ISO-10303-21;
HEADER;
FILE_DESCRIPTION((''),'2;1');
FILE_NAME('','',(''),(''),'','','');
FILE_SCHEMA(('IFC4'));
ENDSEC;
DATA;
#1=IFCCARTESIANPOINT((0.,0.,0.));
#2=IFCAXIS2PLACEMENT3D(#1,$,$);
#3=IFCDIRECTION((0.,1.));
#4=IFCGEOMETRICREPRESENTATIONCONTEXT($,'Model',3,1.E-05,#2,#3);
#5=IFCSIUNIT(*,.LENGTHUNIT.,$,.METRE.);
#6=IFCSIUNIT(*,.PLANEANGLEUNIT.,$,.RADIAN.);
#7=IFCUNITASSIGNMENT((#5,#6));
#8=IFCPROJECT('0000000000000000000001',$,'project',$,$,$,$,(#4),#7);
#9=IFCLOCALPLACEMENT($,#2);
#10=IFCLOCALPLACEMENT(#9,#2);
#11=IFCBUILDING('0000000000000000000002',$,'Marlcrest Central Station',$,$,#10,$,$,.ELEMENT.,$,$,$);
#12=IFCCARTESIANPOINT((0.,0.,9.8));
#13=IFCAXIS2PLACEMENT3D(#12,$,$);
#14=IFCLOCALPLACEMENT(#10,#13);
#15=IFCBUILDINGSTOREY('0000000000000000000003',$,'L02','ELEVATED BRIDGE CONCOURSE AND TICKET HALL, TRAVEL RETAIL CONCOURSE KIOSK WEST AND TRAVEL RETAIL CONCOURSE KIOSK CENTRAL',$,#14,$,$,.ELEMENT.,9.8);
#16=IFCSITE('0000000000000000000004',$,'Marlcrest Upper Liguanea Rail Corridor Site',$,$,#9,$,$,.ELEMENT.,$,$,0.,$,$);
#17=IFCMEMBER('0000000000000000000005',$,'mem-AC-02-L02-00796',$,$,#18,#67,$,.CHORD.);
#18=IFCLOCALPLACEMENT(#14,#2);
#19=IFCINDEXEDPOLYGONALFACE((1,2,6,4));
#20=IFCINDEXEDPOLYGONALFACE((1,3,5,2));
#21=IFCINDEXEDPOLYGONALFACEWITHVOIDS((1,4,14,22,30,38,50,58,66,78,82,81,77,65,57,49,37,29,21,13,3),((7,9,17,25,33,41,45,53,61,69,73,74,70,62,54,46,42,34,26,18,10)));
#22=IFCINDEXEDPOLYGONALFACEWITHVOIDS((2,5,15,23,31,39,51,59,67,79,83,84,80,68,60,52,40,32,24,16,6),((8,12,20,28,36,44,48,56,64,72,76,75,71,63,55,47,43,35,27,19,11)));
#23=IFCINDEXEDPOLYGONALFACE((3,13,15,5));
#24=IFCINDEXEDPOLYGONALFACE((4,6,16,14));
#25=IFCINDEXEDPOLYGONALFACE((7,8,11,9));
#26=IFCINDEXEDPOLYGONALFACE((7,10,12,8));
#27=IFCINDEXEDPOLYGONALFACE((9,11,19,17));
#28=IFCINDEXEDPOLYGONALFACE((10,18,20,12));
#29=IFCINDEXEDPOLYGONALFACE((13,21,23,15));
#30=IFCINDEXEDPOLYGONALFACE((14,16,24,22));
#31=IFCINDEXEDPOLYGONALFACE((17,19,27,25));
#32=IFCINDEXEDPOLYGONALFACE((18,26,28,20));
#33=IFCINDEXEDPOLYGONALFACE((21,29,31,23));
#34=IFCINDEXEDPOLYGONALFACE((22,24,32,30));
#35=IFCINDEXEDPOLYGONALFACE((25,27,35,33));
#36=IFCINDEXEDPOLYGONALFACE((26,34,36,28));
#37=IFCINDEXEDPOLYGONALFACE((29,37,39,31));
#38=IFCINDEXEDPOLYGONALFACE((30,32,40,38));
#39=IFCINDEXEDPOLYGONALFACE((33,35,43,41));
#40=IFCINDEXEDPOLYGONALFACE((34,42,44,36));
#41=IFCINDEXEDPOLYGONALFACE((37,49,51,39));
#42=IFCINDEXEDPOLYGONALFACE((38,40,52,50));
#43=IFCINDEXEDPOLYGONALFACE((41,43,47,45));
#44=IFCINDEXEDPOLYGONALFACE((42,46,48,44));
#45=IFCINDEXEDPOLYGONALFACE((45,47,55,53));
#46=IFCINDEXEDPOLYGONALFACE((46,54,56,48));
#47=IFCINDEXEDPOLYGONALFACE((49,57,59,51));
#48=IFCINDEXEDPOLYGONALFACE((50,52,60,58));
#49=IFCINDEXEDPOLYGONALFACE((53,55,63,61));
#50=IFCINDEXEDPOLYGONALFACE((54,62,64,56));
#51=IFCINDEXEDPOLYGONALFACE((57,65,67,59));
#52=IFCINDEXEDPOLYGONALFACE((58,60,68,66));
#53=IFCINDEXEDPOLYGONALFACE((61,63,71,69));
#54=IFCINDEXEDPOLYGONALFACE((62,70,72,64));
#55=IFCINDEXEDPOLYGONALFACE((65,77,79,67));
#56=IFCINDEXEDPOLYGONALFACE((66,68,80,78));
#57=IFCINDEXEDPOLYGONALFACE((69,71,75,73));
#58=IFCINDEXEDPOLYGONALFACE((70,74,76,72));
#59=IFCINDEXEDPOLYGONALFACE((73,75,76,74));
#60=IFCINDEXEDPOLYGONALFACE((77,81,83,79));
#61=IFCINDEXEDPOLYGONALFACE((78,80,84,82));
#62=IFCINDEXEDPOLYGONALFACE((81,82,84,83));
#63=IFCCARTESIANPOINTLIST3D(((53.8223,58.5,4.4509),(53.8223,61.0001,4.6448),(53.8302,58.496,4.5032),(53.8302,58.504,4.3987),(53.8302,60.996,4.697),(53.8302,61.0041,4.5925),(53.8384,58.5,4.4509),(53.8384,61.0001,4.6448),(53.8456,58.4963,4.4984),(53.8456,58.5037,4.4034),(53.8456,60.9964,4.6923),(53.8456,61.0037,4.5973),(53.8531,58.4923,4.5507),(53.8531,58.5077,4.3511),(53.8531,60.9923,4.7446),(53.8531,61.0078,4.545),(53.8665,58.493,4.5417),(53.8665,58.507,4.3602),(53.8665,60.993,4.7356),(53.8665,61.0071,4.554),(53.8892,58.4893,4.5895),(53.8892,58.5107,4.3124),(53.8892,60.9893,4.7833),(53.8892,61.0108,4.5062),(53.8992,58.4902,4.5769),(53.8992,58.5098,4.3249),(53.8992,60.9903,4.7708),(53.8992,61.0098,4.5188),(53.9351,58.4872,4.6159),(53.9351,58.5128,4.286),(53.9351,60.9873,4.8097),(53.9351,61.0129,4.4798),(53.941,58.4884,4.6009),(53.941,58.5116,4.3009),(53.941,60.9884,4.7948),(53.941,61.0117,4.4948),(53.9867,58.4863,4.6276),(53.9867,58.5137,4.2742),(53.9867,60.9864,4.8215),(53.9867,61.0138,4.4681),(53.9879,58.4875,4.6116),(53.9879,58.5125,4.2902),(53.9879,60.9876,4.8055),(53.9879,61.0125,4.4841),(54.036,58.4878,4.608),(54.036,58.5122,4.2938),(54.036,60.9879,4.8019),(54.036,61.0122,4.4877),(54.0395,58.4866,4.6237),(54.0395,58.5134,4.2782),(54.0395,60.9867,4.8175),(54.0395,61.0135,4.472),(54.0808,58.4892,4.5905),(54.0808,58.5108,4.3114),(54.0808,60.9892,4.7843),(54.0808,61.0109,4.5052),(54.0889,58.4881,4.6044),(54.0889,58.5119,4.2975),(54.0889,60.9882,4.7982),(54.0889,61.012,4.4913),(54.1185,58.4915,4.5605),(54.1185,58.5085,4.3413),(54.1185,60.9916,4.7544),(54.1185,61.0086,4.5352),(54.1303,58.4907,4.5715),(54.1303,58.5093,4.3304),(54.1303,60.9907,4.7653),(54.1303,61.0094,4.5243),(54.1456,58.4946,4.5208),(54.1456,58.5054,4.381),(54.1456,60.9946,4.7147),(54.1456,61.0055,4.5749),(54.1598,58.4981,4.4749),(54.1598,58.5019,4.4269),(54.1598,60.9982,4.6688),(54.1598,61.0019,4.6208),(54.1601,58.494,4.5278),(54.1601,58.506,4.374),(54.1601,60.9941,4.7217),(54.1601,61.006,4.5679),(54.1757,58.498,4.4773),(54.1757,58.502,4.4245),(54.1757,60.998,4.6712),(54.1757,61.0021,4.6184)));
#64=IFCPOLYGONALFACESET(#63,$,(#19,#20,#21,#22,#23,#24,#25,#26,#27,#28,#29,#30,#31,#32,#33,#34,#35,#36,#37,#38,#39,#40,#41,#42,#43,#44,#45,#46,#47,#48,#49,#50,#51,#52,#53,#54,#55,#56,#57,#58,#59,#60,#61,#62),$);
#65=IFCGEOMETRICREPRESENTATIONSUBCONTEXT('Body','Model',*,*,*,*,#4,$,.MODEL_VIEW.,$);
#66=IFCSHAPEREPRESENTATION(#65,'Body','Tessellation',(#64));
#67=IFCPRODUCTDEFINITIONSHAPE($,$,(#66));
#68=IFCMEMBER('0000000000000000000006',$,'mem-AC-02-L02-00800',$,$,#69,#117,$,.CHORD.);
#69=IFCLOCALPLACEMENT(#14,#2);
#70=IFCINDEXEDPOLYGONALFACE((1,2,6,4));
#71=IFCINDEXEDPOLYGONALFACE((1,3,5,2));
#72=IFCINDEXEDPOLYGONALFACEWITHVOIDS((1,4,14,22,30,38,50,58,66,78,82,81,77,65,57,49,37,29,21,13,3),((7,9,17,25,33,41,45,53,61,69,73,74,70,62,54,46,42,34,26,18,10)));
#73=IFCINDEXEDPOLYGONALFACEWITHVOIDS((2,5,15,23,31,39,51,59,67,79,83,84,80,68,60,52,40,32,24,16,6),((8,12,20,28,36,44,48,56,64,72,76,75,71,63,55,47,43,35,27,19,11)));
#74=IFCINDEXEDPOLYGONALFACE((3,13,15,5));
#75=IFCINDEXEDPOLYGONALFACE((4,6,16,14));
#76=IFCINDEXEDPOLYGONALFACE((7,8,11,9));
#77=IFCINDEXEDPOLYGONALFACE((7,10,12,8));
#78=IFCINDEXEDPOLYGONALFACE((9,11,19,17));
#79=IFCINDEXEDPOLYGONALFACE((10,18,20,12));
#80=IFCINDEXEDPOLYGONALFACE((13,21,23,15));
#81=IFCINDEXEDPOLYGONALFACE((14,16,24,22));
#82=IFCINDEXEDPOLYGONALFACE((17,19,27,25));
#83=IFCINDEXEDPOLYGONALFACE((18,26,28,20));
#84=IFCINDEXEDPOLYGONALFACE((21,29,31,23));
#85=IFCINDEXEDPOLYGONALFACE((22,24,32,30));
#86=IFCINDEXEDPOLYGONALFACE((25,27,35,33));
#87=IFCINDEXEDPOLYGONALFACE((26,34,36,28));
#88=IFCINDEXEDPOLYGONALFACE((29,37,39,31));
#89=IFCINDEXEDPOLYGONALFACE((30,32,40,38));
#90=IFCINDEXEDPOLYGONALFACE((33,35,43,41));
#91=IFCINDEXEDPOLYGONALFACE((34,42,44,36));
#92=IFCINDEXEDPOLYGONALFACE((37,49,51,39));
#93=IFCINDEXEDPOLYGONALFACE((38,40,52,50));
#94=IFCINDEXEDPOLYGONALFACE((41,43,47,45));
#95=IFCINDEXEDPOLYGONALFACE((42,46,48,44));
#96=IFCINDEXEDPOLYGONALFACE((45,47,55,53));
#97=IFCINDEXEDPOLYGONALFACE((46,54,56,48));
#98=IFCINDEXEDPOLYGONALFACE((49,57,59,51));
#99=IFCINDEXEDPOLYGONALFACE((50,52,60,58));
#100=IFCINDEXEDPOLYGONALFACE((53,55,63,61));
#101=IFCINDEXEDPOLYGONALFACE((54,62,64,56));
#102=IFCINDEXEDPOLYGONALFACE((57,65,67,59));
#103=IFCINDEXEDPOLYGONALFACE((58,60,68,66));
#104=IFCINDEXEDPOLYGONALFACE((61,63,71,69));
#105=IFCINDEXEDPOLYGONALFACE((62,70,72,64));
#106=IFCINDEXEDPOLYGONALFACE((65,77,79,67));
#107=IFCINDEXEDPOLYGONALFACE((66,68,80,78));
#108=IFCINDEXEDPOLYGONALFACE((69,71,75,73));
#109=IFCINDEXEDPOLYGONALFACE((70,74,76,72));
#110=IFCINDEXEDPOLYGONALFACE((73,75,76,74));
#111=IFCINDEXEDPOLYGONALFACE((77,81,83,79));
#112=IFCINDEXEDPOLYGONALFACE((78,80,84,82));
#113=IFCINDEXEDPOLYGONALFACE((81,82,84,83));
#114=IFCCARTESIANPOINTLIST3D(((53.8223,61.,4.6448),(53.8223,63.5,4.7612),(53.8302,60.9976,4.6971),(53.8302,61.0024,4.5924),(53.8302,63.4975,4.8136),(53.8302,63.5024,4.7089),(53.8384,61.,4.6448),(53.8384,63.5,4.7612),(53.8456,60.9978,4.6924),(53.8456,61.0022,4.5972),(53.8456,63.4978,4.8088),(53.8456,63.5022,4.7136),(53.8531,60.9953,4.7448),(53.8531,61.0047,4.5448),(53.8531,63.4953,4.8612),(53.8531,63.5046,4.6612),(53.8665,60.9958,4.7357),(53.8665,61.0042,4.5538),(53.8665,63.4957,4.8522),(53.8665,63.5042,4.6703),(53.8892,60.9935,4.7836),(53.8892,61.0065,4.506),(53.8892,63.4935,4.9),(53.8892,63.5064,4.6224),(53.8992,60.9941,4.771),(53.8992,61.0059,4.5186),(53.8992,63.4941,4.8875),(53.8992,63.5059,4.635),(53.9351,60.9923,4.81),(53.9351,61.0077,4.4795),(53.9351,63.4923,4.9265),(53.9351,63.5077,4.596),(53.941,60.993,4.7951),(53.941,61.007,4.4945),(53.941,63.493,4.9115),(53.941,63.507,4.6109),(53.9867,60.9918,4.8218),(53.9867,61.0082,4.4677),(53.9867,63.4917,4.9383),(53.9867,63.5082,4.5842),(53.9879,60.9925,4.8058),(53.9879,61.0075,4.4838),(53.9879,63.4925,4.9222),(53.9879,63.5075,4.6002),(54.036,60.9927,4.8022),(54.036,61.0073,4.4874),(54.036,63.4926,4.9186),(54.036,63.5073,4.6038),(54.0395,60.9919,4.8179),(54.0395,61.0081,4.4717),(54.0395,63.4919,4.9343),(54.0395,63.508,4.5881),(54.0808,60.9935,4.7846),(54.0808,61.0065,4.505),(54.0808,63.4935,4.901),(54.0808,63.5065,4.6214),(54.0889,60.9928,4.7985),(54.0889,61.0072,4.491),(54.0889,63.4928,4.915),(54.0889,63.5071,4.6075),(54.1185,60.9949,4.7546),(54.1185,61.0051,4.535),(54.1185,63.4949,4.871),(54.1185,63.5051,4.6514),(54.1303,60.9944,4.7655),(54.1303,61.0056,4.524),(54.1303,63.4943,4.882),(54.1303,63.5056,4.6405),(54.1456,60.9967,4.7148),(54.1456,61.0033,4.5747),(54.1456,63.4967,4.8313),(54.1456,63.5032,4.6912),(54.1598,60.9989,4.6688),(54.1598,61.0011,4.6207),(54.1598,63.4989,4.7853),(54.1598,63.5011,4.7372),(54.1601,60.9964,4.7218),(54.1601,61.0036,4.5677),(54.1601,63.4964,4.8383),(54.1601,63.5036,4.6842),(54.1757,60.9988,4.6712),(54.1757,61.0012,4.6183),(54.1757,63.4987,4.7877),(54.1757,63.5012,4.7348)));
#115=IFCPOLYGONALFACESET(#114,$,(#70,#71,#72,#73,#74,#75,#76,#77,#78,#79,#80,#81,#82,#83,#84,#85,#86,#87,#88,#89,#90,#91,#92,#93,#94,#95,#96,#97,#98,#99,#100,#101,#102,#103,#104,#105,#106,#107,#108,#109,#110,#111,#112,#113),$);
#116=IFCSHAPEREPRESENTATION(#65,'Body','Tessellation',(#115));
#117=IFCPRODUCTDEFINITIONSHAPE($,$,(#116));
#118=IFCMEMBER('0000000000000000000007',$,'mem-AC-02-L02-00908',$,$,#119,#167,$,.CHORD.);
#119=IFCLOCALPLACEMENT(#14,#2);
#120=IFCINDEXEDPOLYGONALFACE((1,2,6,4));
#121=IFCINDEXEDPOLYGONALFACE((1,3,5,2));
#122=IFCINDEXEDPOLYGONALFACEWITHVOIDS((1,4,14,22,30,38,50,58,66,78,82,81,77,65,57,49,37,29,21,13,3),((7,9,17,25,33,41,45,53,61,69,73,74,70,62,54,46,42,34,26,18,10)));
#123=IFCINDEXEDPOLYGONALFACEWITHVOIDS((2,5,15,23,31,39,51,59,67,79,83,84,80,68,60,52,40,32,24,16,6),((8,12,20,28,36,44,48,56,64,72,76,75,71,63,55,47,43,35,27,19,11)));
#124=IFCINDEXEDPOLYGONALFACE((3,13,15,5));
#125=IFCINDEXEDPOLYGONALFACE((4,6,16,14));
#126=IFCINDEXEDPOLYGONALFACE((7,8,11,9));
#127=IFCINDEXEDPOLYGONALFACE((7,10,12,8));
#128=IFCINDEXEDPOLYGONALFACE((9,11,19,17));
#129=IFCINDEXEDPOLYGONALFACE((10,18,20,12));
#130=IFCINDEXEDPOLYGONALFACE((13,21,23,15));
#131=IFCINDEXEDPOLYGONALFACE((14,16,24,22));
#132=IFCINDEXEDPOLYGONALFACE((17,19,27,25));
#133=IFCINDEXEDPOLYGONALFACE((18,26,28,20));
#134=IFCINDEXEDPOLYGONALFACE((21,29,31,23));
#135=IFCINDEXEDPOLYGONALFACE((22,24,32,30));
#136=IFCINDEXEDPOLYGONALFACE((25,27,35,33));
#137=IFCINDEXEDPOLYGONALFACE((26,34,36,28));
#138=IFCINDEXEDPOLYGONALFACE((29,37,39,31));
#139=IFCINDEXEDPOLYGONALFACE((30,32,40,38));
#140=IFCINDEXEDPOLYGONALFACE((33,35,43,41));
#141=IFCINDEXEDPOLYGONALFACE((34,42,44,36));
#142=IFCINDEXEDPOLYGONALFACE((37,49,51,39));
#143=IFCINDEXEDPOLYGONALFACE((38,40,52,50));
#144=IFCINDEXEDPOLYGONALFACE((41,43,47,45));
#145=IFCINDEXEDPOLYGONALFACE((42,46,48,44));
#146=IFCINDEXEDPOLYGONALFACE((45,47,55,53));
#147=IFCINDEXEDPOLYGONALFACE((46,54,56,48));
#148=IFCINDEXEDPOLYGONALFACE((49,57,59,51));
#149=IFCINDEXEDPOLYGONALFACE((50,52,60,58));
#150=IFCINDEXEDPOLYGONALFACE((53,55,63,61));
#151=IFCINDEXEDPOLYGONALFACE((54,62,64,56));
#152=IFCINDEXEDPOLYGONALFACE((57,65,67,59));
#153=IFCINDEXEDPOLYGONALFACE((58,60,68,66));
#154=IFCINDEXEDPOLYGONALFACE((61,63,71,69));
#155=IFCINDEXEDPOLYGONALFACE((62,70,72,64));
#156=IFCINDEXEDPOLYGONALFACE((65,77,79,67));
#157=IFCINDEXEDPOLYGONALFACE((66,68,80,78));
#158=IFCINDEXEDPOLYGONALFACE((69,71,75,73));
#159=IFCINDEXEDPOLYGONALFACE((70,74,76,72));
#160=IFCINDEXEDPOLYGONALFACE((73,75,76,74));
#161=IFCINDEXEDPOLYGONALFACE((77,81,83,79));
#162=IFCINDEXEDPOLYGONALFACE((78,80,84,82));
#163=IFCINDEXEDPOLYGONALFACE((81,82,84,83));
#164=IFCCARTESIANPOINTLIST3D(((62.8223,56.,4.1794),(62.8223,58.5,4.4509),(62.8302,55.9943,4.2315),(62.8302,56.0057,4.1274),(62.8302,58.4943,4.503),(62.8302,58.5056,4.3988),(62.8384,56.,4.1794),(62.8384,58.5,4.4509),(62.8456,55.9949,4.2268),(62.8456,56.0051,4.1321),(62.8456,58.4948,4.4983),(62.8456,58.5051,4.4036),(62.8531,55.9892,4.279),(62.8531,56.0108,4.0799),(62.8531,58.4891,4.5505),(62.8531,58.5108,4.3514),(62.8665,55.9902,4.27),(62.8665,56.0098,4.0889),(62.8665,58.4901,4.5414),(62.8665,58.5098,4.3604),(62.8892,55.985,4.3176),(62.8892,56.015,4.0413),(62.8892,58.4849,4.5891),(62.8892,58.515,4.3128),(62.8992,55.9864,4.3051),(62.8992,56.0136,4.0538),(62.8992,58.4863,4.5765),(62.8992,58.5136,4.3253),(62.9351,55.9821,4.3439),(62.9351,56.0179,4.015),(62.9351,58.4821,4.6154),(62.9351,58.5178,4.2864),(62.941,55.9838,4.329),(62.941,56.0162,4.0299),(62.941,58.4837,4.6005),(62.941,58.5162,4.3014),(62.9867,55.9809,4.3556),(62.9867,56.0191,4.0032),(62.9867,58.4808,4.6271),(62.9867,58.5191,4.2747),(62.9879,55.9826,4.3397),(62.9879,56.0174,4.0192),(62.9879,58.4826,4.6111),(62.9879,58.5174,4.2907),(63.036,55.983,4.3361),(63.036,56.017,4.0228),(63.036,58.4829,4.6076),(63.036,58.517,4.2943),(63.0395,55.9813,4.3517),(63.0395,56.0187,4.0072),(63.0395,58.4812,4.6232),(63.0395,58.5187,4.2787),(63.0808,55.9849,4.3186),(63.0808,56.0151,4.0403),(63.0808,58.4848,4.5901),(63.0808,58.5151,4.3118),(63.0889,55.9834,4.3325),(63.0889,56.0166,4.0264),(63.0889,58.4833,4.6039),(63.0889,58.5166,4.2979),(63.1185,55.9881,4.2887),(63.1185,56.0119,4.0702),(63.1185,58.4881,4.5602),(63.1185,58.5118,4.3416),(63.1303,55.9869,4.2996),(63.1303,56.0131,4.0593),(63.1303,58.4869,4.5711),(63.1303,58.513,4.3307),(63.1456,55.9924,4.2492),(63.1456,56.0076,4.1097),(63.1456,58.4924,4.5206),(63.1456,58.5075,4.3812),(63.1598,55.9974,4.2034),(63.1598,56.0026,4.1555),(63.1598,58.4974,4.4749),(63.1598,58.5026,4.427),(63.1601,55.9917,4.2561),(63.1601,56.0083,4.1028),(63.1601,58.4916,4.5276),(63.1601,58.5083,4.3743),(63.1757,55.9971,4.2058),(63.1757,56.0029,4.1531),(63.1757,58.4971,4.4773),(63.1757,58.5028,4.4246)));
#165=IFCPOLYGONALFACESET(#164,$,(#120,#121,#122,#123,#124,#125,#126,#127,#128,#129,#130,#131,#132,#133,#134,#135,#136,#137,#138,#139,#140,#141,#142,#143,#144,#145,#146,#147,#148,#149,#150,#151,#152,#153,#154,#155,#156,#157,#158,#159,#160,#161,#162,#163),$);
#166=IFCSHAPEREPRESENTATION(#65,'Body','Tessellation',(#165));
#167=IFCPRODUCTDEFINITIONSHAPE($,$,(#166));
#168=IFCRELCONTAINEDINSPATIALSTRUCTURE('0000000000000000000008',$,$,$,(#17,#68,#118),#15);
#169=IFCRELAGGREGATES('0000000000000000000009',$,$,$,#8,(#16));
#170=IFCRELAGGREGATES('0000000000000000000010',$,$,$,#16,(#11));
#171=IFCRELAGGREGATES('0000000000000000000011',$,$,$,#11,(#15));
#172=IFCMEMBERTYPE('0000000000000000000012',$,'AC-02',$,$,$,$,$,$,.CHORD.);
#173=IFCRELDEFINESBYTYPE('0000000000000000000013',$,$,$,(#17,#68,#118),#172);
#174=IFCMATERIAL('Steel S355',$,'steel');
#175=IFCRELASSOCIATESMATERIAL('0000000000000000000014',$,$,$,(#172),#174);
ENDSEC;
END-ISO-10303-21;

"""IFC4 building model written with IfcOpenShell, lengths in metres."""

from ifc_helpers import new_model, si_unit, direction, frame, origin, origin_2d, place, context, subcontext, project, spatial, hollow_circle, extrude, material, material_profile, profile_set, type_object, element, save


model = new_model("IFC4")

# Units and contexts
model_context = context("Model", 3, precision=1e-05, world=origin(), true_north=direction((0.0, 1.0)))
body_context = subcontext(model_context, "Body", "Model", "MODEL_VIEW")
ifc_project = project(units=[si_unit("LENGTHUNIT", "METRE"), si_unit("PLANEANGLEUNIT", "RADIAN")], contexts=[model_context])

# Site, building, storey
site_placement = place(None, origin())
site = spatial("IfcSite", under=ifc_project, at=site_placement, Name="Marlcrest Upper Liguanea Rail Corridor Site", CompositionType="ELEMENT", RefElevation=0.0)
building_placement = place(site_placement, origin())
building = spatial("IfcBuilding", under=site, at=building_placement, Name="Marlcrest Central Station", CompositionType="ELEMENT")
storey_placement = place(building_placement, frame((0.0, 0.0, 9.8)))
storey = spatial("IfcBuildingStorey", under=building, at=storey_placement, Name="L02", Description="ELEVATED BRIDGE CONCOURSE AND TICKET HALL, TRAVEL RETAIL CONCOURSE KIOSK WEST AND TRAVEL RETAIL CONCOURSE KIOSK CENTRAL", CompositionType="ELEMENT", Elevation=9.8)

# Members
ifc_material = material(Name="Steel S355", Category="steel")
ifc_material_profile_1 = material_profile(ifc_material, hollow_circle(Radius=0.1777, WallThickness=0.0161, at=origin_2d()), Name="CHS 355.6x16")
ifc_profile_set_1 = profile_set([ifc_material_profile_1], Name="Steel S355")
member_type_1 = type_object("IfcMemberType", Name="AC-02", PredefinedType="CHORD", material=ifc_profile_set_1)
member_1_placement = place(storey_placement, frame((54.0, 58.5, 4.4509), z_axis=(0.0, 0.997007, 0.077307), x_axis=(-1.0, 0.0, 0.0)))
element("IfcMember", 1, at=member_1_placement, inside=storey, type_object=member_type_1, Name="mem-AC-02-L02-00796", PredefinedType="CHORD", context=body_context, shape_type="SweptSolid", body=[
    extrude(hollow_circle(Radius=0.1777, WallThickness=0.0161, at=origin_2d()), origin(), (0.0, 0.0, 1.0), 2.5076),
])
member_2_placement = place(storey_placement, frame((54.0, 61.0, 4.6448), z_axis=(0.0, 0.998917, 0.046532), x_axis=(-1.0, 0.0, 0.0)))
element("IfcMember", 2, at=member_2_placement, inside=storey, type_object=member_type_1, Name="mem-AC-02-L02-00800", PredefinedType="CHORD", context=body_context, shape_type="SweptSolid", body=[
    extrude(hollow_circle(Radius=0.1777, WallThickness=0.0161, at=origin_2d()), origin(), (0.0, 0.0, 1.0), 2.5027),
])
member_3_placement = place(storey_placement, frame((63.0, 56.0, 4.1794), z_axis=(0.0, 0.994155, 0.107959), x_axis=(-1.0, 0.0, 0.0)))
element("IfcMember", 3, at=member_3_placement, inside=storey, type_object=member_type_1, Name="mem-AC-02-L02-00908", PredefinedType="CHORD", context=body_context, shape_type="SweptSolid", body=[
    extrude(hollow_circle(Radius=0.1777, WallThickness=0.0161, at=origin_2d()), origin(), (0.0, 0.0, 1.0), 2.5146),
])

save(model, "model.ifc")
